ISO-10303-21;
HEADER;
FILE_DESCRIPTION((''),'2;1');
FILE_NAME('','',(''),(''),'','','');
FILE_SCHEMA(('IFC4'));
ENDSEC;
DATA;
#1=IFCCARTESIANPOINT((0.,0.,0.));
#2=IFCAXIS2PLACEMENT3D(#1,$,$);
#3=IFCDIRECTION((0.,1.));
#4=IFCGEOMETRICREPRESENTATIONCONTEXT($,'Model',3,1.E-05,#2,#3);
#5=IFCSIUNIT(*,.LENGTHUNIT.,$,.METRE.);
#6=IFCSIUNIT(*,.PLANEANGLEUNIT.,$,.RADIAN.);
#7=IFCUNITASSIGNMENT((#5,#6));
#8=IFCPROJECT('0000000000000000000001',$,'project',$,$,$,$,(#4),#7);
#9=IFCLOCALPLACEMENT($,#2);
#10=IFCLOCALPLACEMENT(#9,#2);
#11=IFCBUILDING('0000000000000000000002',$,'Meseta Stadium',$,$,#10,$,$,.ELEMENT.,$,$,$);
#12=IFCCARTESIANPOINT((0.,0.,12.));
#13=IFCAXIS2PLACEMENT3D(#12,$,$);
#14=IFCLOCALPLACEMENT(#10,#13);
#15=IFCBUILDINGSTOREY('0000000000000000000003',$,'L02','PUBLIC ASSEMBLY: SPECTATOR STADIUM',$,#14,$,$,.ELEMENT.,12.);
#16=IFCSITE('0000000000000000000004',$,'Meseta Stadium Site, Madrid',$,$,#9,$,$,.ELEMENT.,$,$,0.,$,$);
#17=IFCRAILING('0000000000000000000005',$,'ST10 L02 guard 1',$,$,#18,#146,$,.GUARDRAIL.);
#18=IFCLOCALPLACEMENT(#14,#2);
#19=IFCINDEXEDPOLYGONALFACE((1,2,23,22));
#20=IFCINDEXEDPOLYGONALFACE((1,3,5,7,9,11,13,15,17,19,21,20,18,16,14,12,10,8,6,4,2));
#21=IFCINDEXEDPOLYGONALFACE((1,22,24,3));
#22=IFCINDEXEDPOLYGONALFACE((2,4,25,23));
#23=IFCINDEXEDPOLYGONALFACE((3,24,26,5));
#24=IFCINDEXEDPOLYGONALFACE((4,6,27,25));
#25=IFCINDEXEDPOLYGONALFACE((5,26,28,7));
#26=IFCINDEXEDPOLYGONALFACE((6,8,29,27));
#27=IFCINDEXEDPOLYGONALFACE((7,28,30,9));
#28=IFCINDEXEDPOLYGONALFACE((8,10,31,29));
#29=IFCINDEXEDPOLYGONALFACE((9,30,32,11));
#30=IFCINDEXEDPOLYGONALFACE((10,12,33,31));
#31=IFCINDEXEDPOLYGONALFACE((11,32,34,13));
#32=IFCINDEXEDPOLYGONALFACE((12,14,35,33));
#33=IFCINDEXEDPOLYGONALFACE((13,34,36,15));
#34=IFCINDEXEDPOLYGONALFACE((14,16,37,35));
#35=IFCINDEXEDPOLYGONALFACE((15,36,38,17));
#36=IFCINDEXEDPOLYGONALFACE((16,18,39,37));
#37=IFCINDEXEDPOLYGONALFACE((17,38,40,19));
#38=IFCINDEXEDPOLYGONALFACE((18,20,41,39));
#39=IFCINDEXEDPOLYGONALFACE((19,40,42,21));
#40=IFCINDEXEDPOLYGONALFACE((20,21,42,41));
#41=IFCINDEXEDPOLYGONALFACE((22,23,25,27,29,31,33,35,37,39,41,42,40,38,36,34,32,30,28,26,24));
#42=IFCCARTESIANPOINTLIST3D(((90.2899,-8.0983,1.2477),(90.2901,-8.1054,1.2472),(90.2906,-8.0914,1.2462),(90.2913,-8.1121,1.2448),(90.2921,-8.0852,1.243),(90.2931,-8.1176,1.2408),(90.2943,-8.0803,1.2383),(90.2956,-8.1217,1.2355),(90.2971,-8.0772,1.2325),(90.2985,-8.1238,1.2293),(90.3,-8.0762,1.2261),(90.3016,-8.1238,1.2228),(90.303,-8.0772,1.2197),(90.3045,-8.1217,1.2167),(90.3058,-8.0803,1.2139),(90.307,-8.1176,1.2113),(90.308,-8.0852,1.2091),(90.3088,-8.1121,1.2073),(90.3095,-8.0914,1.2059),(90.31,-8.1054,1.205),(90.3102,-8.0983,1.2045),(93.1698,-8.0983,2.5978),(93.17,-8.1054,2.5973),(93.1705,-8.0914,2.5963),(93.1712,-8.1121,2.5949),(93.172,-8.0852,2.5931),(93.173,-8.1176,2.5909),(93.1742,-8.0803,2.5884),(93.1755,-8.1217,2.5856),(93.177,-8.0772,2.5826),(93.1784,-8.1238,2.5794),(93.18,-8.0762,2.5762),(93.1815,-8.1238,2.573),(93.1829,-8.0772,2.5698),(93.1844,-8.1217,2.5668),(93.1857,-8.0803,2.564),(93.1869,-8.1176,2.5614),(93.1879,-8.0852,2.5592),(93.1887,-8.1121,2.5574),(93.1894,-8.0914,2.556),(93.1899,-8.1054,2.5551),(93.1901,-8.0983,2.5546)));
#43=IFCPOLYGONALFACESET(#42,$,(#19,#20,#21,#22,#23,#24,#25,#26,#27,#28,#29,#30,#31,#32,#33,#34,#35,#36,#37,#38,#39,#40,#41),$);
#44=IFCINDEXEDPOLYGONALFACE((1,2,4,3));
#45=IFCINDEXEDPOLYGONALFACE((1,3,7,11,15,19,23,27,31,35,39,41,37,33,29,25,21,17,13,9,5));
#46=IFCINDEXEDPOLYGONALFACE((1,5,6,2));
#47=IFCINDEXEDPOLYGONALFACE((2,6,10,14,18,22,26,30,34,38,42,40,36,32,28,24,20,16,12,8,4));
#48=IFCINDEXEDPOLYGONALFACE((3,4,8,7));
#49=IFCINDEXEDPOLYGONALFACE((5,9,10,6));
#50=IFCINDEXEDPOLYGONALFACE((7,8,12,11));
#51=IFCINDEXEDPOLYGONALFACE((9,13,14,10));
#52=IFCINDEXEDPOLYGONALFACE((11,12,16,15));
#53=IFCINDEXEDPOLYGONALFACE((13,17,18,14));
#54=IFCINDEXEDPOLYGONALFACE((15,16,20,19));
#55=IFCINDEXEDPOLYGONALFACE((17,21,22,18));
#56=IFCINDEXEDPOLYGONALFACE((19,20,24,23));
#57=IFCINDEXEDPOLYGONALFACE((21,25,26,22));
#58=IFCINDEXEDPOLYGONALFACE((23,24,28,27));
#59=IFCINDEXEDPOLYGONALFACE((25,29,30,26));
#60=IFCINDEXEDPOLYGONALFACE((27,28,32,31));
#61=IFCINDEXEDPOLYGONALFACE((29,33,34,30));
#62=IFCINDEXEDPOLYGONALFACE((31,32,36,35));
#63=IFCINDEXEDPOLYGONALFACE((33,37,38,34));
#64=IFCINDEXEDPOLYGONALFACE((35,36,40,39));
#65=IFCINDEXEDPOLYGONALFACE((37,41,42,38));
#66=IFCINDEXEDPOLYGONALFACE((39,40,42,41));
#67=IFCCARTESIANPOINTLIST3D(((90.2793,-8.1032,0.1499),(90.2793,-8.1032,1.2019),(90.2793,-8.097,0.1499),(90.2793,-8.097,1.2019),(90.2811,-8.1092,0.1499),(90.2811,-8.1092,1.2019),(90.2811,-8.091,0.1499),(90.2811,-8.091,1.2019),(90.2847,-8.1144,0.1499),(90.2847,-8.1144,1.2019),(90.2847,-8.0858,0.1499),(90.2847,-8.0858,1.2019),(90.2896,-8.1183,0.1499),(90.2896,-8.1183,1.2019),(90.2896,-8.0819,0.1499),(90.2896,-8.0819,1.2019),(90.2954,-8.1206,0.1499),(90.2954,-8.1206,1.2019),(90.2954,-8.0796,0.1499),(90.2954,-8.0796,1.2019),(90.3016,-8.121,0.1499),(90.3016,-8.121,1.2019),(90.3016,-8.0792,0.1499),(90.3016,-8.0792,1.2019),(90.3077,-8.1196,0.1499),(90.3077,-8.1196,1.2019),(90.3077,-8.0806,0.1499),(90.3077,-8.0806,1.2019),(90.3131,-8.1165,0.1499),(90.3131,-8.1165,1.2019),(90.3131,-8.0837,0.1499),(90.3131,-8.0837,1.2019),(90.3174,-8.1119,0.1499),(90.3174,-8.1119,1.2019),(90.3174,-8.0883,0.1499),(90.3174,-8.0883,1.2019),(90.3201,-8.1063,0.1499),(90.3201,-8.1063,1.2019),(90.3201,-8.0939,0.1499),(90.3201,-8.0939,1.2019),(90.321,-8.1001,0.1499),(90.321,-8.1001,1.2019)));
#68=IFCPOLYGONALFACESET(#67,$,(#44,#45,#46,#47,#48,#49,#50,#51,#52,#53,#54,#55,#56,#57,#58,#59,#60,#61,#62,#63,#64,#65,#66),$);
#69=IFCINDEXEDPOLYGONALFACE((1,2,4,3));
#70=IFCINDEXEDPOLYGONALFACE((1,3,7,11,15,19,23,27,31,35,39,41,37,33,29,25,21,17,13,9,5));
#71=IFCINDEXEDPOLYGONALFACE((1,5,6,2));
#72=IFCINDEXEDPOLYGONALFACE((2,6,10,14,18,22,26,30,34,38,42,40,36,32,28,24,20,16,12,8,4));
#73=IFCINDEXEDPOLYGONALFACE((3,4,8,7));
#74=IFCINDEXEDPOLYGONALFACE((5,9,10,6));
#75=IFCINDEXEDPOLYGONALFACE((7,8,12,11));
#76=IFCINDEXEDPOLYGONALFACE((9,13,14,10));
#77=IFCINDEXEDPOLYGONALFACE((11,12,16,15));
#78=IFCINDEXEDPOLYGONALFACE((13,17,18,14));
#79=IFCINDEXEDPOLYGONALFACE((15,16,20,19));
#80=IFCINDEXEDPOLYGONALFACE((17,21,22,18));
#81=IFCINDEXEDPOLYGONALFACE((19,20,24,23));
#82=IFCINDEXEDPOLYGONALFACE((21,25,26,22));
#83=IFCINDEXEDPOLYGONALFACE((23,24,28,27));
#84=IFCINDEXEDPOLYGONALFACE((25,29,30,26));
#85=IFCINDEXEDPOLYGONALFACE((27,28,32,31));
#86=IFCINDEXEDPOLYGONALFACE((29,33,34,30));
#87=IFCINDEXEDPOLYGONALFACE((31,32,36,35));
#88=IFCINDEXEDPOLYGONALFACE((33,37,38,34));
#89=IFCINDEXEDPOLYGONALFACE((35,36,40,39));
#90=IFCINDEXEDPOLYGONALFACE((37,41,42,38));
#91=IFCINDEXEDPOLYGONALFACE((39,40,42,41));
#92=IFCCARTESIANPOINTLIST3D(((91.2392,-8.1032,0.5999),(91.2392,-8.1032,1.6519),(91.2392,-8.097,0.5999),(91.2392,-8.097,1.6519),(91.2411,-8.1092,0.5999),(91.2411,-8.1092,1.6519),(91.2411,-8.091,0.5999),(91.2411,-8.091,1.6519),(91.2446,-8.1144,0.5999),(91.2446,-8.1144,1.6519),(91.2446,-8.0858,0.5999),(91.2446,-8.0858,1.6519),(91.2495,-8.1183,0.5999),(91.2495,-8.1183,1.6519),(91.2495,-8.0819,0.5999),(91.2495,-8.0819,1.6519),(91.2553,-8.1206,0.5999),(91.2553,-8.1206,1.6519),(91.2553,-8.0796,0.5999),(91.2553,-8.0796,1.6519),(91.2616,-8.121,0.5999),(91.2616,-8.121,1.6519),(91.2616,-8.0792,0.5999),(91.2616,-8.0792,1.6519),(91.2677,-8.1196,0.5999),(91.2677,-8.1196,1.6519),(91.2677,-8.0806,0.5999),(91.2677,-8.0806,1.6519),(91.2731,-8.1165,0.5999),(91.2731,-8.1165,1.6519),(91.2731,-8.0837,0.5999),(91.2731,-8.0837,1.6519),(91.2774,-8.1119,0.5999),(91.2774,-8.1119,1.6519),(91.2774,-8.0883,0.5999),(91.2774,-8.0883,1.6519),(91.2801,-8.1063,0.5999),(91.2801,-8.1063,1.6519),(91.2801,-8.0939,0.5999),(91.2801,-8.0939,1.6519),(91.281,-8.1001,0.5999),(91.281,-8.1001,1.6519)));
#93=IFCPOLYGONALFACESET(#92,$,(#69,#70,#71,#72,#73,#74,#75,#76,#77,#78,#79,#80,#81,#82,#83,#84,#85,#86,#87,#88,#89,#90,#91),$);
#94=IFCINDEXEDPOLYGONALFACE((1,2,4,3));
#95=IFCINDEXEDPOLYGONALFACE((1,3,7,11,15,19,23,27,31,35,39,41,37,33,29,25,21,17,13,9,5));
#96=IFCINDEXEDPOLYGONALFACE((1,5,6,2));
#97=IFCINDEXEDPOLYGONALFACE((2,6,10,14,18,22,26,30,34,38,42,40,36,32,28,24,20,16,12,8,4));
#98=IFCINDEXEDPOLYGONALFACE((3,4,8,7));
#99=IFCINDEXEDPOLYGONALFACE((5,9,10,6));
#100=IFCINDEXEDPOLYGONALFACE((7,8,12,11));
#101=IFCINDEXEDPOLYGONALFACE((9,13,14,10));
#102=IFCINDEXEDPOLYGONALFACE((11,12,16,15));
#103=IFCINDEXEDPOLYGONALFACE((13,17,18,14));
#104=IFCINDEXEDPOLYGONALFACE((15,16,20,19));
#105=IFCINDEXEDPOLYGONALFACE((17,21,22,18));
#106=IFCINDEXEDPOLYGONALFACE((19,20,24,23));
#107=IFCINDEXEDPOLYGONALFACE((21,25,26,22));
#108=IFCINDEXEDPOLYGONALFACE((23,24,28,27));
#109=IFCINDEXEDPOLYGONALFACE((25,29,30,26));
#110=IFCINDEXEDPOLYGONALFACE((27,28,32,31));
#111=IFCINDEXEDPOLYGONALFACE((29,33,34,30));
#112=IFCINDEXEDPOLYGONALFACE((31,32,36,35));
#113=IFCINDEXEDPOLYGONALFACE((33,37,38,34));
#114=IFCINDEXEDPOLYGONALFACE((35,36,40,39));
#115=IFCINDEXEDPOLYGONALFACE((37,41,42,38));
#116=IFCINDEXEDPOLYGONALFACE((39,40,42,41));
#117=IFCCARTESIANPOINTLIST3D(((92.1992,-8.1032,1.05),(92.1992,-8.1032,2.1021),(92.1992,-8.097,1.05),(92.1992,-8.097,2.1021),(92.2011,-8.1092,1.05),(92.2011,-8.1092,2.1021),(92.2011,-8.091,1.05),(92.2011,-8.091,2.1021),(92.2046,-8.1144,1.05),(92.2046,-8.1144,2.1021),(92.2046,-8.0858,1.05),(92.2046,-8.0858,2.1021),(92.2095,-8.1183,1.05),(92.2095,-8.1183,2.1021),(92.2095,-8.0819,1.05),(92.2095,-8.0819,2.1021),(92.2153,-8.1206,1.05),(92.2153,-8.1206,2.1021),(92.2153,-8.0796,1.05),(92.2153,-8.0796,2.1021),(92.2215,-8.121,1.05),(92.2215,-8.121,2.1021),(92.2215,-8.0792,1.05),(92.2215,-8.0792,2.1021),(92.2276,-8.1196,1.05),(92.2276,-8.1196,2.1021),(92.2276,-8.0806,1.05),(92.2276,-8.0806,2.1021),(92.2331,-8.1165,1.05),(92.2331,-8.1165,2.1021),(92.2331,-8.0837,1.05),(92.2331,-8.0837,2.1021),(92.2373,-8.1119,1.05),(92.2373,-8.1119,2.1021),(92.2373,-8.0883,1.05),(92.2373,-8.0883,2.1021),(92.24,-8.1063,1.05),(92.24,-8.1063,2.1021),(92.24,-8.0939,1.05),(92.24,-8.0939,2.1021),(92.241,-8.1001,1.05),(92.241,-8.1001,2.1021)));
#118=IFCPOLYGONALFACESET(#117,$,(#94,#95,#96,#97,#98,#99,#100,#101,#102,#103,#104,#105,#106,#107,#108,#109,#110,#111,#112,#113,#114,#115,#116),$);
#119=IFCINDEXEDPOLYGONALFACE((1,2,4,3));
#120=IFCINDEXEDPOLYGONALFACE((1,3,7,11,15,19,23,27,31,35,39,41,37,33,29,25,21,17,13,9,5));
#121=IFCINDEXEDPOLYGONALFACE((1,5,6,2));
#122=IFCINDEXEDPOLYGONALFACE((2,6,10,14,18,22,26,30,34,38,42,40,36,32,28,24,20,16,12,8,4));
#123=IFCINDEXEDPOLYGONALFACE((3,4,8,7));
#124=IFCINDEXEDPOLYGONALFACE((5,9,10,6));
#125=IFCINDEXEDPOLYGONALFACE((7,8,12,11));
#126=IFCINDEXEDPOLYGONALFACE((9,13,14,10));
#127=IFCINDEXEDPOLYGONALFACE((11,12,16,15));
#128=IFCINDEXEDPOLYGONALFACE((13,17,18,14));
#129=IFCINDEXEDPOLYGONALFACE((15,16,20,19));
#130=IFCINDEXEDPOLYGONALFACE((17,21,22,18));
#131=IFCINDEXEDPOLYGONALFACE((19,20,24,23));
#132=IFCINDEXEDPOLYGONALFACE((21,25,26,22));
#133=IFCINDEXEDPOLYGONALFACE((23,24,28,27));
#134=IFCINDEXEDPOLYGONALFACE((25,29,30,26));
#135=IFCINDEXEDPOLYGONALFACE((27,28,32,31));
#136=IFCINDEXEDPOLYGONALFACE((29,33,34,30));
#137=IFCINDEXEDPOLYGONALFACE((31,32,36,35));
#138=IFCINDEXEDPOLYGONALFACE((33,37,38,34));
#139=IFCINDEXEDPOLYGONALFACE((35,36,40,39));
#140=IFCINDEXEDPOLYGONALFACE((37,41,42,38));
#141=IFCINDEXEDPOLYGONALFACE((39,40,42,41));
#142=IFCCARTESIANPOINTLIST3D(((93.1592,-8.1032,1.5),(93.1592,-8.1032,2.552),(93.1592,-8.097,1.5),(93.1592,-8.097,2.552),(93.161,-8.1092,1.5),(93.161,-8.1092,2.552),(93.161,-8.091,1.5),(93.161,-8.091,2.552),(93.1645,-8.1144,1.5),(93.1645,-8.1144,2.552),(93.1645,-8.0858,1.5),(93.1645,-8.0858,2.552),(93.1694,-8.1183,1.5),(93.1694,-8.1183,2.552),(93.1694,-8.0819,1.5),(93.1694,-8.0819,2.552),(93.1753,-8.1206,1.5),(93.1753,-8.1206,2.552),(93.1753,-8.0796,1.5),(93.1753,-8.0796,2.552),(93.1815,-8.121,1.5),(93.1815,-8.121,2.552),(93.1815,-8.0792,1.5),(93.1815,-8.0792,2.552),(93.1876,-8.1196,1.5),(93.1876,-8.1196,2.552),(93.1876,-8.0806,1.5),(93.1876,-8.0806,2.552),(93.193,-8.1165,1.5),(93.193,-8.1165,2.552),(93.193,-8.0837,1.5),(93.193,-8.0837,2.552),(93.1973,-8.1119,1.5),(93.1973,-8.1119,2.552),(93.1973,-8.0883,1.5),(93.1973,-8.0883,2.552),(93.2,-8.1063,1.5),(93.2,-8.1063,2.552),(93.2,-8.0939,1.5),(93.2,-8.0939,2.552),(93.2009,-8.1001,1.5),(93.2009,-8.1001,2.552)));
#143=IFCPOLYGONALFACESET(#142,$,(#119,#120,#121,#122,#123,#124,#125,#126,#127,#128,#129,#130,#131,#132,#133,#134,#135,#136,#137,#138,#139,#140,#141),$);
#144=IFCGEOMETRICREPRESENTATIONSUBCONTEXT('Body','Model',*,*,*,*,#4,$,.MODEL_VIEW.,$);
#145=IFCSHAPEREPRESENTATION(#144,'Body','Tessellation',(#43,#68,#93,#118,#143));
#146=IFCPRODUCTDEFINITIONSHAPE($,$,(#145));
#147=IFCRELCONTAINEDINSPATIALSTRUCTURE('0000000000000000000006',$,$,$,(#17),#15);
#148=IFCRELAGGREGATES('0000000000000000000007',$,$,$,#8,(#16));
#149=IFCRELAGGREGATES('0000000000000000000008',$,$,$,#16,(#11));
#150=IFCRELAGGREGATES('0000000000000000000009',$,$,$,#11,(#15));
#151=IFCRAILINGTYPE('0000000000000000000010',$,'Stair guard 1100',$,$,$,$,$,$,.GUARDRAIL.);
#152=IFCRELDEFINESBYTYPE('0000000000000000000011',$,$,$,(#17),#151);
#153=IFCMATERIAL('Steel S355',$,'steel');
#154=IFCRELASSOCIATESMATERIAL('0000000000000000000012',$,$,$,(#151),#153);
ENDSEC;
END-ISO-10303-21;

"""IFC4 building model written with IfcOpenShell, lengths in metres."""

from ifc_helpers import new_model, si_unit, direction, frame, origin, origin_2d, place, context, subcontext, project, spatial, circle, extrude, material, type_object, element, save


model = new_model("IFC4")

# Units and contexts
model_context = context("Model", 3, precision=1e-05, world=origin(), true_north=direction((0.0, 1.0)))
body_context = subcontext(model_context, "Body", "Model", "MODEL_VIEW")
ifc_project = project(units=[si_unit("LENGTHUNIT", "METRE"), si_unit("PLANEANGLEUNIT", "RADIAN")], contexts=[model_context])

# Site, building, storey
site_placement = place(None, origin())
site = spatial("IfcSite", under=ifc_project, at=site_placement, Name="Meseta Stadium Site, Madrid", CompositionType="ELEMENT", RefElevation=0.0)
building_placement = place(site_placement, origin())
building = spatial("IfcBuilding", under=site, at=building_placement, Name="Meseta Stadium", CompositionType="ELEMENT")
storey_placement = place(building_placement, frame((0.0, 0.0, 12.0)))
storey = spatial("IfcBuildingStorey", under=building, at=storey_placement, Name="L02", Description="PUBLIC ASSEMBLY: SPECTATOR STADIUM", CompositionType="ELEMENT", Elevation=12.0)

# Railing
ifc_material_1 = material(Name="Steel S355", Category="steel")
railing_type_1 = type_object("IfcRailingType", Name="Stair guard 1100", PredefinedType="GUARDRAIL", material=ifc_material_1)
railing_1_placement = place(storey_placement, frame((90.3, -8.1001, 0.1499)))
element("IfcRailing", 1, at=railing_1_placement, inside=storey, type_object=railing_type_1, Name="ST10 L02 guard 1", PredefinedType="GUARDRAIL", context=body_context, shape_type="SweptSolid", body=[
    extrude(circle(Radius=0.0239, at=origin_2d()), frame((0.0, 0.0, 1.0762), z_axis=(0.90544, 0.0, 0.424473), x_axis=(0.0, 1.0, 0.0)), (0.0, 0.0, 1.0), 3.1807),
    extrude(circle(Radius=0.021, at=origin_2d()), origin(), (0.0, 0.0, 1.0), 1.052),
    extrude(circle(Radius=0.021, at=origin_2d()), frame((0.96, 0.0, 0.45)), (0.0, 0.0, 1.0), 1.052),
    extrude(circle(Radius=0.021, at=origin_2d()), frame((1.9199, 0.0, 0.9001)), (0.0, 0.0, 1.0), 1.052),
    extrude(circle(Radius=0.021, at=origin_2d()), frame((2.8799, 0.0, 1.3501)), (0.0, 0.0, 1.0), 1.052),
])

save(model, "model.ifc")
